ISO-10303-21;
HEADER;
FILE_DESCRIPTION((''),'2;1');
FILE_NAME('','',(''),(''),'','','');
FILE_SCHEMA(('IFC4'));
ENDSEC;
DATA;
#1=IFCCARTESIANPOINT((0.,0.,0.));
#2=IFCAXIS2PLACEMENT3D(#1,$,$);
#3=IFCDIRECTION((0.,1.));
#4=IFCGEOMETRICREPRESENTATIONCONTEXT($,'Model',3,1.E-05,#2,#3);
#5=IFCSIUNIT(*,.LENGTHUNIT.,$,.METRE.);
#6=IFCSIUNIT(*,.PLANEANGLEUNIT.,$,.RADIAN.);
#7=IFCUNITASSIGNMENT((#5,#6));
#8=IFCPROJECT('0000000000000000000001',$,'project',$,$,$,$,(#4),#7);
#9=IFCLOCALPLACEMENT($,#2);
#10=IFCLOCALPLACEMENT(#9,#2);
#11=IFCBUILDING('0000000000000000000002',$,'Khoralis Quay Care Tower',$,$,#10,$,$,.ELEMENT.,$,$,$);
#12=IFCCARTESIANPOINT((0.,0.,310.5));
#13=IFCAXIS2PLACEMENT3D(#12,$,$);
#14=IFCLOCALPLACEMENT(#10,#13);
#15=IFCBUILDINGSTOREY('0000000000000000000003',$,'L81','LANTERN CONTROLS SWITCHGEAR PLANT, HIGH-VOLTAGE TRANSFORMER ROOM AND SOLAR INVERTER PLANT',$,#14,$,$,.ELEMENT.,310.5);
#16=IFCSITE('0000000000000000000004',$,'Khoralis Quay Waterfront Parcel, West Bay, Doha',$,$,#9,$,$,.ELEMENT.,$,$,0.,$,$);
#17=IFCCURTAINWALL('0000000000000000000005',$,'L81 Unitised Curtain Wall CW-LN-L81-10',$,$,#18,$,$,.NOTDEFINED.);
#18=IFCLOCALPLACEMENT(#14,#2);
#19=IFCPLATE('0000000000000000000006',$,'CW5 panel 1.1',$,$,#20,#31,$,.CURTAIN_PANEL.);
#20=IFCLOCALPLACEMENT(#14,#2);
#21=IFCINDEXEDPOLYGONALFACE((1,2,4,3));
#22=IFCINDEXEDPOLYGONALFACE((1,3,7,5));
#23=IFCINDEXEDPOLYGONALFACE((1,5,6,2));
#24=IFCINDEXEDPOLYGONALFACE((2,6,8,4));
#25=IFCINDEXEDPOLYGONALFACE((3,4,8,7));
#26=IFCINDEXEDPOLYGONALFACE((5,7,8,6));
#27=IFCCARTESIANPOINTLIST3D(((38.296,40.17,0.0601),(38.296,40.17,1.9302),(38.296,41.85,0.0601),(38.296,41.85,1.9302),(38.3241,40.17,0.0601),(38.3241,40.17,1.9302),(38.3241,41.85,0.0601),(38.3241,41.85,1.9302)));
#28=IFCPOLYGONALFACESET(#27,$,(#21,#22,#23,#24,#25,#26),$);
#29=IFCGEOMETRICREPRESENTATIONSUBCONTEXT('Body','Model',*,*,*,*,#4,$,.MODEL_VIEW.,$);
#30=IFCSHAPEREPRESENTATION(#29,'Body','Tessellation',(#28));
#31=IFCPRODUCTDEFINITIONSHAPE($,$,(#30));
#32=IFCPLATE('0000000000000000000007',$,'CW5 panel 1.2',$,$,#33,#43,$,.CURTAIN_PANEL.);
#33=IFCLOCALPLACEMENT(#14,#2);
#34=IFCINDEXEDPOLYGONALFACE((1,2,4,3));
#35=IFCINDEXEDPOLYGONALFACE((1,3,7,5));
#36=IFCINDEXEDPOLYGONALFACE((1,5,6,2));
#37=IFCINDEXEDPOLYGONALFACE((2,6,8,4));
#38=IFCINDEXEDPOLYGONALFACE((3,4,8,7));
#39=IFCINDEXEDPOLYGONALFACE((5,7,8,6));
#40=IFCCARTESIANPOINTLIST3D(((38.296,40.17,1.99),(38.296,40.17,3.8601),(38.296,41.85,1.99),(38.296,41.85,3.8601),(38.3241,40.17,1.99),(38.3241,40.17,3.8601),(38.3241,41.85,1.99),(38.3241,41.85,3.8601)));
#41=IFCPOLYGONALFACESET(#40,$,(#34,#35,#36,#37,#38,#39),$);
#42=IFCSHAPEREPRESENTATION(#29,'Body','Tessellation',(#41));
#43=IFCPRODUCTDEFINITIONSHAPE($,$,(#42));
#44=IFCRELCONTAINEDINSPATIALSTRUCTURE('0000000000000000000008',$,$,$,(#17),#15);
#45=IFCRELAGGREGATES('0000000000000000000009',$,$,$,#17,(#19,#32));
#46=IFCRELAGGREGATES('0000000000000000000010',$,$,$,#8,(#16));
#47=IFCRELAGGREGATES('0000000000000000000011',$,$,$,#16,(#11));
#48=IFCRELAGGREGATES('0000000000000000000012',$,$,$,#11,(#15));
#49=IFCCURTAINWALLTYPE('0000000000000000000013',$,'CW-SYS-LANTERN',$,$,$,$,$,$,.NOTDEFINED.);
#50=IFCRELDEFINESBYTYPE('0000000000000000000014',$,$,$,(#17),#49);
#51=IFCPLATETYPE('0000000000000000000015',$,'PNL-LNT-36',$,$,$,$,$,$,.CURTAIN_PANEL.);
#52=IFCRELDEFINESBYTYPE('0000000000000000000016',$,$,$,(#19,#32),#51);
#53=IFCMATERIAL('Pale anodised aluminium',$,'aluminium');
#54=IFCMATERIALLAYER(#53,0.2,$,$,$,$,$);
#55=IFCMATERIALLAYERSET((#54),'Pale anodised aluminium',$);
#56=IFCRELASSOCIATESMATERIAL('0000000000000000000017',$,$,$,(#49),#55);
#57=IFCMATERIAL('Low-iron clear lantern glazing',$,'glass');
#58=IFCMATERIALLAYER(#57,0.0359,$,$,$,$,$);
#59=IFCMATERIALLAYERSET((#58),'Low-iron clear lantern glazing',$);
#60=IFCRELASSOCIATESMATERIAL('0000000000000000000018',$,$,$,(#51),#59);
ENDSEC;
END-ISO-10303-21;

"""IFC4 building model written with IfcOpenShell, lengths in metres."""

from ifc_helpers import new_model, si_unit, direction, frame, origin, origin_2d, place, context, subcontext, project, spatial, rectangle, extrude, source, transform, mapped, material, layer, layer_set, type_object, element, aggregate, save


model = new_model("IFC4")

# Units and contexts
model_context = context("Model", 3, precision=1e-05, world=origin(), true_north=direction((0.0, 1.0)))
body_context = subcontext(model_context, "Body", "Model", "MODEL_VIEW")
ifc_project = project(units=[si_unit("LENGTHUNIT", "METRE"), si_unit("PLANEANGLEUNIT", "RADIAN")], contexts=[model_context])

# Site, building, storey
site_placement = place(None, origin())
site = spatial("IfcSite", under=ifc_project, at=site_placement, Name="Khoralis Quay Waterfront Parcel, West Bay, Doha", CompositionType="ELEMENT", RefElevation=0.0)
building_placement = place(site_placement, origin())
building = spatial("IfcBuilding", under=site, at=building_placement, Name="Khoralis Quay Care Tower", CompositionType="ELEMENT")
storey_placement = place(building_placement, frame((0.0, 0.0, 310.5)))
storey = spatial("IfcBuildingStorey", under=building, at=storey_placement, Name="L81", Description="LANTERN CONTROLS SWITCHGEAR PLANT, HIGH-VOLTAGE TRANSFORMER ROOM AND SOLAR INVERTER PLANT", CompositionType="ELEMENT", Elevation=310.5)

# Curtain wall
ifc_material_1 = material(Name="Pale anodised aluminium", Category="aluminium")
ifc_layer_1 = layer(ifc_material_1, 0.2)
ifc_layer_set_1 = layer_set([ifc_layer_1], Name="Pale anodised aluminium")
curtain_wall_type = type_object("IfcCurtainWallType", Name="CW-SYS-LANTERN", PredefinedType="NOTDEFINED", material=ifc_layer_set_1)
curtain_wall_1_placement = place(storey_placement, origin())
curtain_wall_1 = element("IfcCurtainWall", 1, at=curtain_wall_1_placement, inside=storey, type_object=curtain_wall_type, Name="L81 Unitised Curtain Wall CW-LN-L81-10", PredefinedType="NOTDEFINED")

# Plates
ifc_material_2 = material(Name="Low-iron clear lantern glazing", Category="glass")
ifc_layer_2 = layer(ifc_material_2, 0.0359)
ifc_layer_set_2 = layer_set([ifc_layer_2], Name="Low-iron clear lantern glazing")
plate_type = type_object("IfcPlateType", Name="PNL-LNT-36", PredefinedType="CURTAIN_PANEL", material=ifc_layer_set_2)
shared_shape_1 = source(origin(), body_context, "Body", "SweptSolid", [
    extrude(rectangle(XDim=1.6799, YDim=0.0281, at=origin_2d()), origin(), (0.0, 0.0, 1.0), 1.8701),
])
plate_1_placement = place(storey_placement, frame((38.3101, 41.01, 0.0601), z_axis=(0.0, 0.0, 1.0), x_axis=(0.0, 1.0, 0.0)))
plate_1 = element("IfcPlate", 2, at=plate_1_placement, type_object=plate_type, Name="CW5 panel 1.1", PredefinedType="CURTAIN_PANEL", context=body_context, shape_type="MappedRepresentation", body=[
    mapped(shared_shape_1, transform((0.0, 0.0, 0.0), scale=1.0)),
])
plate_2_placement = place(storey_placement, frame((38.3101, 41.01, 1.99), z_axis=(0.0, 0.0, 1.0), x_axis=(0.0, 1.0, 0.0)))
plate_2 = element("IfcPlate", 3, at=plate_2_placement, type_object=plate_type, Name="CW5 panel 1.2", PredefinedType="CURTAIN_PANEL", context=body_context, shape_type="MappedRepresentation", body=[
    mapped(shared_shape_1, transform((0.0, 0.0, 0.0), scale=1.0)),
])
aggregate(curtain_wall_1, [plate_1, plate_2])

save(model, "model.ifc")
